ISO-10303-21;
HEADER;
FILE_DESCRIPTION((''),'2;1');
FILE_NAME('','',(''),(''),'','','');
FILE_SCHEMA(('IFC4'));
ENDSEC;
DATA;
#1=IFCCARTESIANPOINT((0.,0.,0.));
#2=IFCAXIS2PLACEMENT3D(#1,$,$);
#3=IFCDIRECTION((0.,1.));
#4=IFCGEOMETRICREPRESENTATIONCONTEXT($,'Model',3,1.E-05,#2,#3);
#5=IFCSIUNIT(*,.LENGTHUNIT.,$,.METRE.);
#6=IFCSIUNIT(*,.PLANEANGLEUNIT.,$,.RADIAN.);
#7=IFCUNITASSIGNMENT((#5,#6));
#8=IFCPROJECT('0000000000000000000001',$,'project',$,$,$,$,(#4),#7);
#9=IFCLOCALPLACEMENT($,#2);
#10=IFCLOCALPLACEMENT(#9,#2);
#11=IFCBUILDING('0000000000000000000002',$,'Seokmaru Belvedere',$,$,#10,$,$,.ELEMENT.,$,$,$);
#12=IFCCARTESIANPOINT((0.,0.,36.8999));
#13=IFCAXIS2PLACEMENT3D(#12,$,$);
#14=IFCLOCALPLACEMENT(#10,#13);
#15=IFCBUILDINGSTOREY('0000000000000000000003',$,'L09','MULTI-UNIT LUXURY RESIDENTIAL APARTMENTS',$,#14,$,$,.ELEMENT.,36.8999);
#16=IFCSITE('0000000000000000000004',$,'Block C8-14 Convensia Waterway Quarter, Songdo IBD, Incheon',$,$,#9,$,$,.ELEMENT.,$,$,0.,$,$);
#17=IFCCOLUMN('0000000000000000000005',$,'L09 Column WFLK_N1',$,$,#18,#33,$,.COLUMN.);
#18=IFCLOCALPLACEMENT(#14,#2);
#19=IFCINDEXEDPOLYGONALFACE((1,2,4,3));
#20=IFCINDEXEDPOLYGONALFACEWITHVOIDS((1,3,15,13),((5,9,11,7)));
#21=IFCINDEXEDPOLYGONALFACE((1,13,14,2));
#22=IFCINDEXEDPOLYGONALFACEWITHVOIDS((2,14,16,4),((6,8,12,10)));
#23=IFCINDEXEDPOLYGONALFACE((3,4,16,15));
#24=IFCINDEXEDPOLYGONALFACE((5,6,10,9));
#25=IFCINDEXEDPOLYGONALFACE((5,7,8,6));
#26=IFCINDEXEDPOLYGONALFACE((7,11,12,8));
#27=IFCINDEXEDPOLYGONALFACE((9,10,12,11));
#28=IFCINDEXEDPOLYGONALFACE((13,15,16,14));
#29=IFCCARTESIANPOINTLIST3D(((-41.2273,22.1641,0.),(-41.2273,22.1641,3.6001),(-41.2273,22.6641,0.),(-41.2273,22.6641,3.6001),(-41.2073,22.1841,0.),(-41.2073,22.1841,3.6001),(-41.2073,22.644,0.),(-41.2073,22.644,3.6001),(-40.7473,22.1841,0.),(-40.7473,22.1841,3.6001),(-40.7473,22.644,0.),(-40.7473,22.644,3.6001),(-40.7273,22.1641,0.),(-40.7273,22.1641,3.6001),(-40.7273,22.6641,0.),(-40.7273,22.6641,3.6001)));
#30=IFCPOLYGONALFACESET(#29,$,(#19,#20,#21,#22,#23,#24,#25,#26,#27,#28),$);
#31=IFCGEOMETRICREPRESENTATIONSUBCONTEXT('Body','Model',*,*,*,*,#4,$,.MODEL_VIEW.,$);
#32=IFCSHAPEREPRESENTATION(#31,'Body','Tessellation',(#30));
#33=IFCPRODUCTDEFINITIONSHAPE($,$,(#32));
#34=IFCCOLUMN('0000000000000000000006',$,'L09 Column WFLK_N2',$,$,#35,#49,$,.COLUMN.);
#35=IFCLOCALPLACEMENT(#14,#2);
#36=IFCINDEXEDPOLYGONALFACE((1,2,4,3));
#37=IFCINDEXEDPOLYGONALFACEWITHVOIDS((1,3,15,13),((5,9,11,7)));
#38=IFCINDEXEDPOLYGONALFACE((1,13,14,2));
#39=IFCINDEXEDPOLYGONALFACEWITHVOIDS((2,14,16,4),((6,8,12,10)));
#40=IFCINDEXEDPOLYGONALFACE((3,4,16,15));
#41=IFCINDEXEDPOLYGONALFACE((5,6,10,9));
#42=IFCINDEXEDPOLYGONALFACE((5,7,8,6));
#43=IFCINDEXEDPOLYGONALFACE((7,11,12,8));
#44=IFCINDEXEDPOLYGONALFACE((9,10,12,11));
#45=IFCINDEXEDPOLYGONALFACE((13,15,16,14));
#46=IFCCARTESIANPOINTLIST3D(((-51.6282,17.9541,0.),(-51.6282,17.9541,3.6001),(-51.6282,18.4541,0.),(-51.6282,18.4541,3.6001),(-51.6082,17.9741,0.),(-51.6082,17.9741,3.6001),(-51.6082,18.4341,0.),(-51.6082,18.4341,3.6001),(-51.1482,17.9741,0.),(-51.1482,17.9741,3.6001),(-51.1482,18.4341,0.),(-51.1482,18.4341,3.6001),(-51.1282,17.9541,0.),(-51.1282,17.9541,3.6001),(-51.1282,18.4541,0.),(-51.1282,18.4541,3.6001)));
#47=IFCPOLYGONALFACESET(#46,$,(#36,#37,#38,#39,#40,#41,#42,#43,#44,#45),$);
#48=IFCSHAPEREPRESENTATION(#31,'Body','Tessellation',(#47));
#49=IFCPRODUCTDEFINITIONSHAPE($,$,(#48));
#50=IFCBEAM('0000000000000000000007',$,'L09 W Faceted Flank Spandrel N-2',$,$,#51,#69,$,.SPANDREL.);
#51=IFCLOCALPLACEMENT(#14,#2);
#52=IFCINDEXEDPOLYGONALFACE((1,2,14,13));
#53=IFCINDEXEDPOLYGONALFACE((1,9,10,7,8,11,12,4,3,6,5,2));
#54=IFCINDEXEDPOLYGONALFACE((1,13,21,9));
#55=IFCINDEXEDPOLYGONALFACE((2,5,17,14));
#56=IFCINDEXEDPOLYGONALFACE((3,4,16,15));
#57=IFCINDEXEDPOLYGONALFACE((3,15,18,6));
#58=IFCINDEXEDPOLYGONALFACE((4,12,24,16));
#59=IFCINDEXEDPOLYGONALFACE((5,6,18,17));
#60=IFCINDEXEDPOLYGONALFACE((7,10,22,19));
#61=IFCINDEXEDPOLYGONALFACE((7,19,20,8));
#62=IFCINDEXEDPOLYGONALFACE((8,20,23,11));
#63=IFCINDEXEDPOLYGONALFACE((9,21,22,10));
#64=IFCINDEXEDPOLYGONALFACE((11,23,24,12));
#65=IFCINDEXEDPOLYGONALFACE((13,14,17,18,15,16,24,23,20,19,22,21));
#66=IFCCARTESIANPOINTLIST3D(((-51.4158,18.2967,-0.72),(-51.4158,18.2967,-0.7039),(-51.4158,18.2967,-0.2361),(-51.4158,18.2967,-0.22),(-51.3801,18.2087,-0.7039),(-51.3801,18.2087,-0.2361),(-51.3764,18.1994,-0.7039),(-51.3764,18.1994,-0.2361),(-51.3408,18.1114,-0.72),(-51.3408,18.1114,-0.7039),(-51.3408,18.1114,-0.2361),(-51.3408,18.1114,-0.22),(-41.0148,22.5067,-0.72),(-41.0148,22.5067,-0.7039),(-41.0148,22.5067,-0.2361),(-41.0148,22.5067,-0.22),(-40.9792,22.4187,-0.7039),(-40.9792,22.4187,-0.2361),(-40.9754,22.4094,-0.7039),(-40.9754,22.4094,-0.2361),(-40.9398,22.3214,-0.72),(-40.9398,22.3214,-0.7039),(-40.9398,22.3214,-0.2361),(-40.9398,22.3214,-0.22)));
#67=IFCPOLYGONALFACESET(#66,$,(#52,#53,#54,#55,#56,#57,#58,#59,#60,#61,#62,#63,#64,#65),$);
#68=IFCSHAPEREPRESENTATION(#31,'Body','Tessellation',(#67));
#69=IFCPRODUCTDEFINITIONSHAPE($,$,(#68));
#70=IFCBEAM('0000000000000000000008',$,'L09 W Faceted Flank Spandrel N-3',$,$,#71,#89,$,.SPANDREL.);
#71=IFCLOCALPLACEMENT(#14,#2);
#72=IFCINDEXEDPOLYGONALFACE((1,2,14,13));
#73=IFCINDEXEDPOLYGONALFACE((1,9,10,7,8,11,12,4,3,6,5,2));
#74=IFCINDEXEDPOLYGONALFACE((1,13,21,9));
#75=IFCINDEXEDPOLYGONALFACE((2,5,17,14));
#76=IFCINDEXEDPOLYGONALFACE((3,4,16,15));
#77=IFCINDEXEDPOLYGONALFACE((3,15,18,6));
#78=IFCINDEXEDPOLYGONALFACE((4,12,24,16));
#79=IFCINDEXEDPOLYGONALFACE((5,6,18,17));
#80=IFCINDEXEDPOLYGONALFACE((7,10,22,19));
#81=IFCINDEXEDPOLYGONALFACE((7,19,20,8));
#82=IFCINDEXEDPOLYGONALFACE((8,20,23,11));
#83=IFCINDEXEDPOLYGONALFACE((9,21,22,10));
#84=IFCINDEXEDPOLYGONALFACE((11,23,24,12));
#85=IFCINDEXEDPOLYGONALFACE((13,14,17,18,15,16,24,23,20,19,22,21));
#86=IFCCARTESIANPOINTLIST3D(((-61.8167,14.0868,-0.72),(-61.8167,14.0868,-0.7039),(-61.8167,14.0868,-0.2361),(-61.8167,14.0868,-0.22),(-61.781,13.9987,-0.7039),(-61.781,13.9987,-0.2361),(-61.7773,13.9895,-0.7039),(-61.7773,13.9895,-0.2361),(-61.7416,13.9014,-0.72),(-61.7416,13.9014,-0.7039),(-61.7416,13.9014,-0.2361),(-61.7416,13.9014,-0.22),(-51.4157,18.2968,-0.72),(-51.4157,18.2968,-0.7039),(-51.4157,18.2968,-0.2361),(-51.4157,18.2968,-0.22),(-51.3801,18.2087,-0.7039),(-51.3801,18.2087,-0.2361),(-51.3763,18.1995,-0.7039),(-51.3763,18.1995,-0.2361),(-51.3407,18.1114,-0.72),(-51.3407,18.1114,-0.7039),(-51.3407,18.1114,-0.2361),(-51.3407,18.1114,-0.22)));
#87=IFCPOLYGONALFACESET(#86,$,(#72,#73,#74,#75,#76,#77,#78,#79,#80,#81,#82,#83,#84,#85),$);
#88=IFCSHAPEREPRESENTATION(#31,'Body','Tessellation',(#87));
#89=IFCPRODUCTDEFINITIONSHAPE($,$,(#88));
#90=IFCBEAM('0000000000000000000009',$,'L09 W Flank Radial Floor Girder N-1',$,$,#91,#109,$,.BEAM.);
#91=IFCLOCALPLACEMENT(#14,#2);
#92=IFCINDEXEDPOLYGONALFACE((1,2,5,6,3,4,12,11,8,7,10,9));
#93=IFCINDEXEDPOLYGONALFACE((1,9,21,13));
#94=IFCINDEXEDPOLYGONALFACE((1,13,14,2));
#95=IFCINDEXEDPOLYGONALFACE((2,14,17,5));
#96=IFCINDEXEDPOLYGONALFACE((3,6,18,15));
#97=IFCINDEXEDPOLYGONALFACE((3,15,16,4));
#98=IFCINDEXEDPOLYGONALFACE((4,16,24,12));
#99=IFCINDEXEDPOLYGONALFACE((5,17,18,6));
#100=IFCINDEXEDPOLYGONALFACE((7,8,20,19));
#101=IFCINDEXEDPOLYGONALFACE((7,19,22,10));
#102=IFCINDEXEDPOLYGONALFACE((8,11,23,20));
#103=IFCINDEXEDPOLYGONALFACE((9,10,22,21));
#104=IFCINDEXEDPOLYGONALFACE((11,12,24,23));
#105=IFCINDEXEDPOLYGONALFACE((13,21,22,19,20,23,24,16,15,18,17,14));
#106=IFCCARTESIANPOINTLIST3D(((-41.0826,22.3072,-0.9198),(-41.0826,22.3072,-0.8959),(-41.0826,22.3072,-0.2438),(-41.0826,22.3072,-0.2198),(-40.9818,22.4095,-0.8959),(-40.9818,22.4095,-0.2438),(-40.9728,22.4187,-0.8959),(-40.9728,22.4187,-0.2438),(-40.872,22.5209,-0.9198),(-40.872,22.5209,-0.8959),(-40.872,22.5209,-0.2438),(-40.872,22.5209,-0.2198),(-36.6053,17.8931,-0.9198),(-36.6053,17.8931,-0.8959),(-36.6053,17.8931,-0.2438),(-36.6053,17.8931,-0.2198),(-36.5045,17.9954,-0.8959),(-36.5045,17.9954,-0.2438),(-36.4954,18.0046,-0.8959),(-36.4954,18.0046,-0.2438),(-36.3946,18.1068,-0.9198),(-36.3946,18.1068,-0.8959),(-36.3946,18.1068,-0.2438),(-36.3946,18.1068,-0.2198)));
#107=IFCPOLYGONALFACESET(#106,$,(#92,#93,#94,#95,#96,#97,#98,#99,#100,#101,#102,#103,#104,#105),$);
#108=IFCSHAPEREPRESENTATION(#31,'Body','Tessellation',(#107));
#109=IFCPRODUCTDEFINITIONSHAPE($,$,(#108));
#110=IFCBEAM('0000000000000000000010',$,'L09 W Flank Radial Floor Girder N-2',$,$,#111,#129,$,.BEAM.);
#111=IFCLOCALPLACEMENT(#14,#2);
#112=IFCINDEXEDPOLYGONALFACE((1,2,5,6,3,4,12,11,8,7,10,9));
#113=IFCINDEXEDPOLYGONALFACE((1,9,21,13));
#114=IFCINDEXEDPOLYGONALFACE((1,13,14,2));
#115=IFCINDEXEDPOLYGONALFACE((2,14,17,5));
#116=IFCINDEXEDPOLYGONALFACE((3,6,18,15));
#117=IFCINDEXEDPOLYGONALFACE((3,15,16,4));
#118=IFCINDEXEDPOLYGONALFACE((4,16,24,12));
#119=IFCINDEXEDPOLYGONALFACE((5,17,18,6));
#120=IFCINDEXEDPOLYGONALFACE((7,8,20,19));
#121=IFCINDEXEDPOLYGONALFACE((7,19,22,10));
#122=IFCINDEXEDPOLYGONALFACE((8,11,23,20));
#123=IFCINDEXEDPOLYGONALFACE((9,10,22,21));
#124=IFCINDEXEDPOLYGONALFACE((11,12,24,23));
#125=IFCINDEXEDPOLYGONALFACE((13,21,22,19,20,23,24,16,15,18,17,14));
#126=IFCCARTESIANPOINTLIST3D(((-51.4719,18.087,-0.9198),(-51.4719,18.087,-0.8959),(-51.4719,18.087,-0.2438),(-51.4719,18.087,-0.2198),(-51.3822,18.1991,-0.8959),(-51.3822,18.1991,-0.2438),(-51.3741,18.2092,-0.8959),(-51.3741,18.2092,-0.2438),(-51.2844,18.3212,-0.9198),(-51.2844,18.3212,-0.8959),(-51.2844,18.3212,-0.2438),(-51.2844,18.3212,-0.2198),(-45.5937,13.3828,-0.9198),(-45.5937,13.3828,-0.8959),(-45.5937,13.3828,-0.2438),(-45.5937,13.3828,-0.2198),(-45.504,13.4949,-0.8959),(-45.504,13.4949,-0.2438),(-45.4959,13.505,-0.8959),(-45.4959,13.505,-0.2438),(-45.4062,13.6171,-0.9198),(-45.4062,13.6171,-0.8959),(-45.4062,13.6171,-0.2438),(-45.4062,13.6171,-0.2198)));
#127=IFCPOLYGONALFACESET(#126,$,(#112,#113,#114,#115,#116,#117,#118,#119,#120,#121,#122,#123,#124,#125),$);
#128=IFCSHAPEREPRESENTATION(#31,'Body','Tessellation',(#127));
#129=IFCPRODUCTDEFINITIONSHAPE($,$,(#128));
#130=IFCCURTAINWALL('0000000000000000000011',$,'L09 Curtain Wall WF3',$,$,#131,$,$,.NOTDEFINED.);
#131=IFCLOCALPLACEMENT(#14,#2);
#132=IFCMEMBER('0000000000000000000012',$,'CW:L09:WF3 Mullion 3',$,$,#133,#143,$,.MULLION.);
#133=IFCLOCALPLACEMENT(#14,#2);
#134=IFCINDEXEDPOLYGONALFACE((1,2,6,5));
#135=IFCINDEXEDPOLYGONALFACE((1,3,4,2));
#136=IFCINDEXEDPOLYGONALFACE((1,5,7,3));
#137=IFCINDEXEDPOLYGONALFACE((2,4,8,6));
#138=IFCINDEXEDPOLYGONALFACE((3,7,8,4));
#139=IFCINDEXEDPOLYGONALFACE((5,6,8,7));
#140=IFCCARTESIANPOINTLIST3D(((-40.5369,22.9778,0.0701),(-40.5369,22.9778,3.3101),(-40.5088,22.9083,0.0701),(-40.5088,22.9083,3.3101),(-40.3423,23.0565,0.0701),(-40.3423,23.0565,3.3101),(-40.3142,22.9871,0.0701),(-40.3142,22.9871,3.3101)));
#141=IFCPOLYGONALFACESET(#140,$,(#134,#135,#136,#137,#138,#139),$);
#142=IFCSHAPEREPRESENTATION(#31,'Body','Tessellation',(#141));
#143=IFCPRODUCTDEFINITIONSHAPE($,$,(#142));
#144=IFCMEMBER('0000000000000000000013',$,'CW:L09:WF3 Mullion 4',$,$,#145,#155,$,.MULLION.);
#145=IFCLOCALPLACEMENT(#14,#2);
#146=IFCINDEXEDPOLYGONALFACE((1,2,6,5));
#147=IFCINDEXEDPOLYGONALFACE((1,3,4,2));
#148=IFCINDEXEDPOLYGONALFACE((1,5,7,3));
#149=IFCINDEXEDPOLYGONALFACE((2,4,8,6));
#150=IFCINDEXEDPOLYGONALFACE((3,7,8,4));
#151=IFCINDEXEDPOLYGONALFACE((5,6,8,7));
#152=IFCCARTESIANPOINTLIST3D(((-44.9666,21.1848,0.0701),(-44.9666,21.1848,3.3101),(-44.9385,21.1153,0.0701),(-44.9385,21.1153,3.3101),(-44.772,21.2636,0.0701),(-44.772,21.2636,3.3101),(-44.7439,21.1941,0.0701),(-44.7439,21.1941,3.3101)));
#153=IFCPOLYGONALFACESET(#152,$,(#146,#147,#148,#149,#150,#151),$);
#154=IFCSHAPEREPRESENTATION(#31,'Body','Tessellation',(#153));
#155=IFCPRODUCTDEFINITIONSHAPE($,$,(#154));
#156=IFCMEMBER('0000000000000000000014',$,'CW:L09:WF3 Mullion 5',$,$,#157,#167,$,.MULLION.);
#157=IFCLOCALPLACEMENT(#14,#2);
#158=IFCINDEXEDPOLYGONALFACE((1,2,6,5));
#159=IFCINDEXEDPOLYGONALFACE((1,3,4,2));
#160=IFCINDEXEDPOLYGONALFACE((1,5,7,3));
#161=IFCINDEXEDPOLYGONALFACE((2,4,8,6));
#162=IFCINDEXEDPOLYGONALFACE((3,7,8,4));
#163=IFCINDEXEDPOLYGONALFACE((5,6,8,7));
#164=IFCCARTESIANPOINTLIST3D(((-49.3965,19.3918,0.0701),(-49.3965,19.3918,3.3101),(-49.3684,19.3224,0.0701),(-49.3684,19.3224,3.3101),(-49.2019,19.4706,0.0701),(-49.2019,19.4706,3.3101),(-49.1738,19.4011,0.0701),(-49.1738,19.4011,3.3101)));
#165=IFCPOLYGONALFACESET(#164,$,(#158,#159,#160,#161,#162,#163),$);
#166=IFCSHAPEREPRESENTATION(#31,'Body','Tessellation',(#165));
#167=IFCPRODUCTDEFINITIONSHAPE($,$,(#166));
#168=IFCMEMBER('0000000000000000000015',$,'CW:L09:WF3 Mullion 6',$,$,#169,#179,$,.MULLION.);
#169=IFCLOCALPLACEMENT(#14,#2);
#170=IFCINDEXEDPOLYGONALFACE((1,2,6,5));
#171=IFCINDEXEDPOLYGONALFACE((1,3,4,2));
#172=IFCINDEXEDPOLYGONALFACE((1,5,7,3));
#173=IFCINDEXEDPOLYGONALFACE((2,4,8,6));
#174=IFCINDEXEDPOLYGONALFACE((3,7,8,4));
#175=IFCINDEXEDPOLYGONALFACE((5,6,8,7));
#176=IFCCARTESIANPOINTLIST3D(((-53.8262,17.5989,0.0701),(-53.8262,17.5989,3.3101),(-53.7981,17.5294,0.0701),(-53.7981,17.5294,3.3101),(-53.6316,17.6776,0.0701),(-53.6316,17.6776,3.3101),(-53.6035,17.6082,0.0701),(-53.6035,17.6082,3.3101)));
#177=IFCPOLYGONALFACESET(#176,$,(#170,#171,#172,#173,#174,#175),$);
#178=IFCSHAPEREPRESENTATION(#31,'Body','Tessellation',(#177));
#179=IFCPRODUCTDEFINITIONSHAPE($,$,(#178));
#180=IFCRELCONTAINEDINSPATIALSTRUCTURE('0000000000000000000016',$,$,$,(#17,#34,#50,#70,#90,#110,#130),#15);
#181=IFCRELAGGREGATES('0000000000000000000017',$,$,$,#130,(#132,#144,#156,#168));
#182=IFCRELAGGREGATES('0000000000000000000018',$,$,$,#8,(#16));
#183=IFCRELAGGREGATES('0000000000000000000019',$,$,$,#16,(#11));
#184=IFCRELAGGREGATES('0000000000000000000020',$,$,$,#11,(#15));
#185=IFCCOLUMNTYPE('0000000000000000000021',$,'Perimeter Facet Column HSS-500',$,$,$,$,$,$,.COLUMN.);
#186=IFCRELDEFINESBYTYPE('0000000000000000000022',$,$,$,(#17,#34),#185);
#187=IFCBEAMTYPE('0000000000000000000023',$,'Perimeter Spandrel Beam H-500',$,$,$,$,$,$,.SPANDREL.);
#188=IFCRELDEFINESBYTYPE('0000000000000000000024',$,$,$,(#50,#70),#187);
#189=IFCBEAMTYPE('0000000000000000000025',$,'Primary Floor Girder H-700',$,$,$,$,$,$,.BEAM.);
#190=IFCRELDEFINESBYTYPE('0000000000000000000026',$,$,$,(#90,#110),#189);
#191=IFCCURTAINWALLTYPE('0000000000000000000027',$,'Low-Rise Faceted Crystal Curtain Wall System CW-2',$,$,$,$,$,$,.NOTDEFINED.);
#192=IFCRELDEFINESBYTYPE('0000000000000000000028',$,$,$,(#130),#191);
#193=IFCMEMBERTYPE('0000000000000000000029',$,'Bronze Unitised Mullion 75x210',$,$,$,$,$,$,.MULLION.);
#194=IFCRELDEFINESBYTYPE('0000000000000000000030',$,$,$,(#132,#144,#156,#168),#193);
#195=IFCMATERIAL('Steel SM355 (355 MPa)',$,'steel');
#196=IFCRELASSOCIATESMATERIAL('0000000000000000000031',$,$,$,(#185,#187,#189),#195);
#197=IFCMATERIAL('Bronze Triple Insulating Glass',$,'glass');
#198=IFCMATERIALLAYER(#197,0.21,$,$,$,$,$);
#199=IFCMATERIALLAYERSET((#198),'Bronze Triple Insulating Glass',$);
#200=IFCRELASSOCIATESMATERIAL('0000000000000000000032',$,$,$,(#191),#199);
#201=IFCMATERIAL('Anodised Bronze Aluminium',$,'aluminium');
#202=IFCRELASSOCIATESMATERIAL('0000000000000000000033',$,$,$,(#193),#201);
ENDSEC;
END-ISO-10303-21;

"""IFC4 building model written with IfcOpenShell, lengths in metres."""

from ifc_helpers import new_model, si_unit, direction, frame, origin, origin_2d, place, context, subcontext, project, spatial, rectangle, hollow_rectangle, i_section, extrude, source, transform, mapped, material, layer, layer_set, material_profile, profile_set, type_object, type_shapes, element, aggregate, save


model = new_model("IFC4")

# Units and contexts
model_context = context("Model", 3, precision=1e-05, world=origin(), true_north=direction((0.0, 1.0)))
body_context = subcontext(model_context, "Body", "Model", "MODEL_VIEW")
ifc_project = project(units=[si_unit("LENGTHUNIT", "METRE"), si_unit("PLANEANGLEUNIT", "RADIAN")], contexts=[model_context])

# Site, building, storey
site_placement = place(None, origin())
site = spatial("IfcSite", under=ifc_project, at=site_placement, Name="Block C8-14 Convensia Waterway Quarter, Songdo IBD, Incheon", CompositionType="ELEMENT", RefElevation=0.0)
building_placement = place(site_placement, origin())
building = spatial("IfcBuilding", under=site, at=building_placement, Name="Seokmaru Belvedere", CompositionType="ELEMENT")
storey_placement = place(building_placement, frame((0.0, 0.0, 36.8999)))
storey = spatial("IfcBuildingStorey", under=building, at=storey_placement, Name="L09", Description="MULTI-UNIT LUXURY RESIDENTIAL APARTMENTS", CompositionType="ELEMENT", Elevation=36.8999)

# Columns
ifc_material_1 = material(Name="Steel SM355 (355 MPa)", Category="steel")
ifc_material_profile_1 = material_profile(ifc_material_1, hollow_rectangle(XDim=0.5, YDim=0.5, WallThickness=0.02, at=origin_2d()), Name="HSS-500x500x20")
ifc_profile_set_1 = profile_set([ifc_material_profile_1], Name="Steel SM355 (355 MPa)")
column_type = type_object("IfcColumnType", Name="Perimeter Facet Column HSS-500", PredefinedType="COLUMN", material=ifc_profile_set_1)
shared_shape_1 = source(origin(), body_context, "Body", "SweptSolid", [
    extrude(hollow_rectangle(XDim=0.5, YDim=0.5, WallThickness=0.02, at=origin_2d()), origin(), (0.0, 0.0, 1.0), 3.6001),
])
type_shapes(column_type, [shared_shape_1])
for number, where, z_axis, x_axis, name in (
    (1, (-40.9773, 22.4141, 0.0), (0.0, 0.0, 1.0), (1.0, 0.0, 0.0), "L09 Column WFLK_N1"),
    (2, (-51.3782, 18.2041, 0.0), (0.0, 0.0, 1.0), (1.0, 0.0, 0.0), "L09 Column WFLK_N2"),
):
    element("IfcColumn", number, at=place(storey_placement, frame(where, z_axis=z_axis, x_axis=x_axis)), inside=storey, type_object=column_type, Name=name, PredefinedType="COLUMN", context=body_context, shape_type="MappedRepresentation", body=[
        mapped(shared_shape_1, transform((0.0, 0.0, 0.0), scale=1.0)),
    ])

# Beams
ifc_material_profile_2 = material_profile(ifc_material_1, i_section(OverallWidth=0.2, OverallDepth=0.5, WebThickness=0.01, FlangeThickness=0.0161, at=origin_2d()), Name="H-500x200x10x16")
ifc_profile_set_2 = profile_set([ifc_material_profile_2], Name="Steel SM355 (355 MPa)")
beam_type_1 = type_object("IfcBeamType", Name="Perimeter Spandrel Beam H-500", PredefinedType="SPANDREL", material=ifc_profile_set_2)
shared_shape_2 = source(origin(), body_context, "Body", "SweptSolid", [
    extrude(i_section(OverallWidth=0.2, OverallDepth=0.5, WebThickness=0.01, FlangeThickness=0.0161, at=origin_2d()), origin(), (0.0, 0.0, 1.0), 11.2207),
])
type_shapes(beam_type_1, [shared_shape_2])
for number, where, z_axis, x_axis, name in (
    (3, (-40.9773, 22.4141, -0.47), (-0.926944, -0.375199, 0.0), (0.375199, -0.926944, 0.0), "L09 W Faceted Flank Spandrel N-2"),
    (4, (-51.3782, 18.2041, -0.47), (-0.926944, -0.375199, 0.0), (0.375199, -0.926944, 0.0), "L09 W Faceted Flank Spandrel N-3"),
):
    element("IfcBeam", number, at=place(storey_placement, frame(where, z_axis=z_axis, x_axis=x_axis)), inside=storey, type_object=beam_type_1, Name=name, PredefinedType="SPANDREL", context=body_context, shape_type="MappedRepresentation", body=[
        mapped(shared_shape_2, transform((0.0, 0.0, 0.0), scale=1.0)),
    ])
ifc_material_profile_3 = material_profile(ifc_material_1, i_section(OverallWidth=0.3, OverallDepth=0.7, WebThickness=0.0129, FlangeThickness=0.0239, at=origin_2d()), Name="H-700x300x13x24")
ifc_profile_set_3 = profile_set([ifc_material_profile_3], Name="Steel SM355 (355 MPa)")
beam_type_2 = type_object("IfcBeamType", Name="Primary Floor Girder H-700", PredefinedType="BEAM", material=ifc_profile_set_3)
shared_shape_3 = source(origin(), body_context, "Body", "SweptSolid", [
    extrude(i_section(OverallWidth=0.3, OverallDepth=0.7, WebThickness=0.0129, FlangeThickness=0.0239, at=origin_2d()), origin(), (0.0, 0.0, 1.0), 6.2874),
])
beam_1_placement = place(storey_placement, frame((-40.9773, 22.4141, -0.5698), z_axis=(0.712117, -0.70206, 0.0), x_axis=(0.70206, 0.712117, 0.0)))
element("IfcBeam", 5, at=beam_1_placement, inside=storey, type_object=beam_type_2, Name="L09 W Flank Radial Floor Girder N-1", PredefinedType="BEAM", context=body_context, shape_type="MappedRepresentation", body=[
    mapped(shared_shape_3, transform((0.0, 0.0, 0.0), scale=1.0)),
])
shared_shape_4 = source(origin(), body_context, "Body", "SweptSolid", [
    extrude(i_section(OverallWidth=0.3, OverallDepth=0.7, WebThickness=0.0129, FlangeThickness=0.0239, at=origin_2d()), origin(), (0.0, 0.0, 1.0), 7.5288),
])
type_shapes(beam_type_2, [shared_shape_3, shared_shape_4])
beam_2_placement = place(storey_placement, frame((-51.3782, 18.2041, -0.5698), z_axis=(0.780768, -0.624822, 0.0), x_axis=(0.624822, 0.780768, 0.0)))
element("IfcBeam", 6, at=beam_2_placement, inside=storey, type_object=beam_type_2, Name="L09 W Flank Radial Floor Girder N-2", PredefinedType="BEAM", context=body_context, shape_type="MappedRepresentation", body=[
    mapped(shared_shape_4, transform((0.0, 0.0, 0.0), scale=1.0)),
])

# Curtain wall, members
ifc_material_2 = material(Name="Bronze Triple Insulating Glass", Category="glass")
ifc_layer_1 = layer(ifc_material_2, 0.21)
ifc_layer_set_1 = layer_set([ifc_layer_1], Name="Bronze Triple Insulating Glass")
curtain_wall_type = type_object("IfcCurtainWallType", Name="Low-Rise Faceted Crystal Curtain Wall System CW-2", PredefinedType="NOTDEFINED", material=ifc_layer_set_1)
curtain_wall_placement = place(storey_placement, origin())
curtain_wall = element("IfcCurtainWall", 7, at=curtain_wall_placement, inside=storey, type_object=curtain_wall_type, Name="L09 Curtain Wall WF3", PredefinedType="NOTDEFINED")
ifc_material_3 = material(Name="Anodised Bronze Aluminium", Category="aluminium")
ifc_material_profile_4 = material_profile(ifc_material_3, rectangle(XDim=0.075, YDim=0.21, at=origin_2d()), Name="CW-M-75x210")
ifc_profile_set_4 = profile_set([ifc_material_profile_4], Name="Anodised Bronze Aluminium")
member_type = type_object("IfcMemberType", Name="Bronze Unitised Mullion 75x210", PredefinedType="MULLION", material=ifc_profile_set_4)
shared_shape_5 = source(origin(), body_context, "Body", "SweptSolid", [
    extrude(rectangle(XDim=0.075, YDim=0.21, at=origin_2d()), origin(), (0.0, 0.0, 1.0), 3.24),
])
type_shapes(member_type, [shared_shape_5])
member_1_placement = place(storey_placement, frame((-40.4255, 22.9824, 0.0701), z_axis=(0.0, 0.0, 1.0), x_axis=(0.375192, -0.926947, 0.0)))
member_1 = element("IfcMember", 8, at=member_1_placement, type_object=member_type, Name="CW:L09:WF3 Mullion 3", PredefinedType="MULLION", context=body_context, shape_type="MappedRepresentation", body=[
    mapped(shared_shape_5, transform((0.0, 0.0, 0.0), scale=1.0)),
])
member_2_placement = place(storey_placement, frame((-44.8552, 21.1895, 0.0701), z_axis=(0.0, 0.0, 1.0), x_axis=(0.375192, -0.926947, 0.0)))
member_2 = element("IfcMember", 9, at=member_2_placement, type_object=member_type, Name="CW:L09:WF3 Mullion 4", PredefinedType="MULLION", context=body_context, shape_type="MappedRepresentation", body=[
    mapped(shared_shape_5, transform((0.0, 0.0, 0.0), scale=1.0)),
])
member_3_placement = place(storey_placement, frame((-49.2852, 19.3965, 0.0701), z_axis=(0.0, 0.0, 1.0), x_axis=(0.375192, -0.926947, 0.0)))
member_3 = element("IfcMember", 10, at=member_3_placement, type_object=member_type, Name="CW:L09:WF3 Mullion 5", PredefinedType="MULLION", context=body_context, shape_type="MappedRepresentation", body=[
    mapped(shared_shape_5, transform((0.0, 0.0, 0.0), scale=1.0)),
])
member_4_placement = place(storey_placement, frame((-53.7148, 17.6035, 0.0701), z_axis=(0.0, 0.0, 1.0), x_axis=(0.375192, -0.926947, 0.0)))
member_4 = element("IfcMember", 11, at=member_4_placement, type_object=member_type, Name="CW:L09:WF3 Mullion 6", PredefinedType="MULLION", context=body_context, shape_type="MappedRepresentation", body=[
    mapped(shared_shape_5, transform((0.0, 0.0, 0.0), scale=1.0)),
])
aggregate(curtain_wall, [member_1, member_2, member_3, member_4])

save(model, "model.ifc")
